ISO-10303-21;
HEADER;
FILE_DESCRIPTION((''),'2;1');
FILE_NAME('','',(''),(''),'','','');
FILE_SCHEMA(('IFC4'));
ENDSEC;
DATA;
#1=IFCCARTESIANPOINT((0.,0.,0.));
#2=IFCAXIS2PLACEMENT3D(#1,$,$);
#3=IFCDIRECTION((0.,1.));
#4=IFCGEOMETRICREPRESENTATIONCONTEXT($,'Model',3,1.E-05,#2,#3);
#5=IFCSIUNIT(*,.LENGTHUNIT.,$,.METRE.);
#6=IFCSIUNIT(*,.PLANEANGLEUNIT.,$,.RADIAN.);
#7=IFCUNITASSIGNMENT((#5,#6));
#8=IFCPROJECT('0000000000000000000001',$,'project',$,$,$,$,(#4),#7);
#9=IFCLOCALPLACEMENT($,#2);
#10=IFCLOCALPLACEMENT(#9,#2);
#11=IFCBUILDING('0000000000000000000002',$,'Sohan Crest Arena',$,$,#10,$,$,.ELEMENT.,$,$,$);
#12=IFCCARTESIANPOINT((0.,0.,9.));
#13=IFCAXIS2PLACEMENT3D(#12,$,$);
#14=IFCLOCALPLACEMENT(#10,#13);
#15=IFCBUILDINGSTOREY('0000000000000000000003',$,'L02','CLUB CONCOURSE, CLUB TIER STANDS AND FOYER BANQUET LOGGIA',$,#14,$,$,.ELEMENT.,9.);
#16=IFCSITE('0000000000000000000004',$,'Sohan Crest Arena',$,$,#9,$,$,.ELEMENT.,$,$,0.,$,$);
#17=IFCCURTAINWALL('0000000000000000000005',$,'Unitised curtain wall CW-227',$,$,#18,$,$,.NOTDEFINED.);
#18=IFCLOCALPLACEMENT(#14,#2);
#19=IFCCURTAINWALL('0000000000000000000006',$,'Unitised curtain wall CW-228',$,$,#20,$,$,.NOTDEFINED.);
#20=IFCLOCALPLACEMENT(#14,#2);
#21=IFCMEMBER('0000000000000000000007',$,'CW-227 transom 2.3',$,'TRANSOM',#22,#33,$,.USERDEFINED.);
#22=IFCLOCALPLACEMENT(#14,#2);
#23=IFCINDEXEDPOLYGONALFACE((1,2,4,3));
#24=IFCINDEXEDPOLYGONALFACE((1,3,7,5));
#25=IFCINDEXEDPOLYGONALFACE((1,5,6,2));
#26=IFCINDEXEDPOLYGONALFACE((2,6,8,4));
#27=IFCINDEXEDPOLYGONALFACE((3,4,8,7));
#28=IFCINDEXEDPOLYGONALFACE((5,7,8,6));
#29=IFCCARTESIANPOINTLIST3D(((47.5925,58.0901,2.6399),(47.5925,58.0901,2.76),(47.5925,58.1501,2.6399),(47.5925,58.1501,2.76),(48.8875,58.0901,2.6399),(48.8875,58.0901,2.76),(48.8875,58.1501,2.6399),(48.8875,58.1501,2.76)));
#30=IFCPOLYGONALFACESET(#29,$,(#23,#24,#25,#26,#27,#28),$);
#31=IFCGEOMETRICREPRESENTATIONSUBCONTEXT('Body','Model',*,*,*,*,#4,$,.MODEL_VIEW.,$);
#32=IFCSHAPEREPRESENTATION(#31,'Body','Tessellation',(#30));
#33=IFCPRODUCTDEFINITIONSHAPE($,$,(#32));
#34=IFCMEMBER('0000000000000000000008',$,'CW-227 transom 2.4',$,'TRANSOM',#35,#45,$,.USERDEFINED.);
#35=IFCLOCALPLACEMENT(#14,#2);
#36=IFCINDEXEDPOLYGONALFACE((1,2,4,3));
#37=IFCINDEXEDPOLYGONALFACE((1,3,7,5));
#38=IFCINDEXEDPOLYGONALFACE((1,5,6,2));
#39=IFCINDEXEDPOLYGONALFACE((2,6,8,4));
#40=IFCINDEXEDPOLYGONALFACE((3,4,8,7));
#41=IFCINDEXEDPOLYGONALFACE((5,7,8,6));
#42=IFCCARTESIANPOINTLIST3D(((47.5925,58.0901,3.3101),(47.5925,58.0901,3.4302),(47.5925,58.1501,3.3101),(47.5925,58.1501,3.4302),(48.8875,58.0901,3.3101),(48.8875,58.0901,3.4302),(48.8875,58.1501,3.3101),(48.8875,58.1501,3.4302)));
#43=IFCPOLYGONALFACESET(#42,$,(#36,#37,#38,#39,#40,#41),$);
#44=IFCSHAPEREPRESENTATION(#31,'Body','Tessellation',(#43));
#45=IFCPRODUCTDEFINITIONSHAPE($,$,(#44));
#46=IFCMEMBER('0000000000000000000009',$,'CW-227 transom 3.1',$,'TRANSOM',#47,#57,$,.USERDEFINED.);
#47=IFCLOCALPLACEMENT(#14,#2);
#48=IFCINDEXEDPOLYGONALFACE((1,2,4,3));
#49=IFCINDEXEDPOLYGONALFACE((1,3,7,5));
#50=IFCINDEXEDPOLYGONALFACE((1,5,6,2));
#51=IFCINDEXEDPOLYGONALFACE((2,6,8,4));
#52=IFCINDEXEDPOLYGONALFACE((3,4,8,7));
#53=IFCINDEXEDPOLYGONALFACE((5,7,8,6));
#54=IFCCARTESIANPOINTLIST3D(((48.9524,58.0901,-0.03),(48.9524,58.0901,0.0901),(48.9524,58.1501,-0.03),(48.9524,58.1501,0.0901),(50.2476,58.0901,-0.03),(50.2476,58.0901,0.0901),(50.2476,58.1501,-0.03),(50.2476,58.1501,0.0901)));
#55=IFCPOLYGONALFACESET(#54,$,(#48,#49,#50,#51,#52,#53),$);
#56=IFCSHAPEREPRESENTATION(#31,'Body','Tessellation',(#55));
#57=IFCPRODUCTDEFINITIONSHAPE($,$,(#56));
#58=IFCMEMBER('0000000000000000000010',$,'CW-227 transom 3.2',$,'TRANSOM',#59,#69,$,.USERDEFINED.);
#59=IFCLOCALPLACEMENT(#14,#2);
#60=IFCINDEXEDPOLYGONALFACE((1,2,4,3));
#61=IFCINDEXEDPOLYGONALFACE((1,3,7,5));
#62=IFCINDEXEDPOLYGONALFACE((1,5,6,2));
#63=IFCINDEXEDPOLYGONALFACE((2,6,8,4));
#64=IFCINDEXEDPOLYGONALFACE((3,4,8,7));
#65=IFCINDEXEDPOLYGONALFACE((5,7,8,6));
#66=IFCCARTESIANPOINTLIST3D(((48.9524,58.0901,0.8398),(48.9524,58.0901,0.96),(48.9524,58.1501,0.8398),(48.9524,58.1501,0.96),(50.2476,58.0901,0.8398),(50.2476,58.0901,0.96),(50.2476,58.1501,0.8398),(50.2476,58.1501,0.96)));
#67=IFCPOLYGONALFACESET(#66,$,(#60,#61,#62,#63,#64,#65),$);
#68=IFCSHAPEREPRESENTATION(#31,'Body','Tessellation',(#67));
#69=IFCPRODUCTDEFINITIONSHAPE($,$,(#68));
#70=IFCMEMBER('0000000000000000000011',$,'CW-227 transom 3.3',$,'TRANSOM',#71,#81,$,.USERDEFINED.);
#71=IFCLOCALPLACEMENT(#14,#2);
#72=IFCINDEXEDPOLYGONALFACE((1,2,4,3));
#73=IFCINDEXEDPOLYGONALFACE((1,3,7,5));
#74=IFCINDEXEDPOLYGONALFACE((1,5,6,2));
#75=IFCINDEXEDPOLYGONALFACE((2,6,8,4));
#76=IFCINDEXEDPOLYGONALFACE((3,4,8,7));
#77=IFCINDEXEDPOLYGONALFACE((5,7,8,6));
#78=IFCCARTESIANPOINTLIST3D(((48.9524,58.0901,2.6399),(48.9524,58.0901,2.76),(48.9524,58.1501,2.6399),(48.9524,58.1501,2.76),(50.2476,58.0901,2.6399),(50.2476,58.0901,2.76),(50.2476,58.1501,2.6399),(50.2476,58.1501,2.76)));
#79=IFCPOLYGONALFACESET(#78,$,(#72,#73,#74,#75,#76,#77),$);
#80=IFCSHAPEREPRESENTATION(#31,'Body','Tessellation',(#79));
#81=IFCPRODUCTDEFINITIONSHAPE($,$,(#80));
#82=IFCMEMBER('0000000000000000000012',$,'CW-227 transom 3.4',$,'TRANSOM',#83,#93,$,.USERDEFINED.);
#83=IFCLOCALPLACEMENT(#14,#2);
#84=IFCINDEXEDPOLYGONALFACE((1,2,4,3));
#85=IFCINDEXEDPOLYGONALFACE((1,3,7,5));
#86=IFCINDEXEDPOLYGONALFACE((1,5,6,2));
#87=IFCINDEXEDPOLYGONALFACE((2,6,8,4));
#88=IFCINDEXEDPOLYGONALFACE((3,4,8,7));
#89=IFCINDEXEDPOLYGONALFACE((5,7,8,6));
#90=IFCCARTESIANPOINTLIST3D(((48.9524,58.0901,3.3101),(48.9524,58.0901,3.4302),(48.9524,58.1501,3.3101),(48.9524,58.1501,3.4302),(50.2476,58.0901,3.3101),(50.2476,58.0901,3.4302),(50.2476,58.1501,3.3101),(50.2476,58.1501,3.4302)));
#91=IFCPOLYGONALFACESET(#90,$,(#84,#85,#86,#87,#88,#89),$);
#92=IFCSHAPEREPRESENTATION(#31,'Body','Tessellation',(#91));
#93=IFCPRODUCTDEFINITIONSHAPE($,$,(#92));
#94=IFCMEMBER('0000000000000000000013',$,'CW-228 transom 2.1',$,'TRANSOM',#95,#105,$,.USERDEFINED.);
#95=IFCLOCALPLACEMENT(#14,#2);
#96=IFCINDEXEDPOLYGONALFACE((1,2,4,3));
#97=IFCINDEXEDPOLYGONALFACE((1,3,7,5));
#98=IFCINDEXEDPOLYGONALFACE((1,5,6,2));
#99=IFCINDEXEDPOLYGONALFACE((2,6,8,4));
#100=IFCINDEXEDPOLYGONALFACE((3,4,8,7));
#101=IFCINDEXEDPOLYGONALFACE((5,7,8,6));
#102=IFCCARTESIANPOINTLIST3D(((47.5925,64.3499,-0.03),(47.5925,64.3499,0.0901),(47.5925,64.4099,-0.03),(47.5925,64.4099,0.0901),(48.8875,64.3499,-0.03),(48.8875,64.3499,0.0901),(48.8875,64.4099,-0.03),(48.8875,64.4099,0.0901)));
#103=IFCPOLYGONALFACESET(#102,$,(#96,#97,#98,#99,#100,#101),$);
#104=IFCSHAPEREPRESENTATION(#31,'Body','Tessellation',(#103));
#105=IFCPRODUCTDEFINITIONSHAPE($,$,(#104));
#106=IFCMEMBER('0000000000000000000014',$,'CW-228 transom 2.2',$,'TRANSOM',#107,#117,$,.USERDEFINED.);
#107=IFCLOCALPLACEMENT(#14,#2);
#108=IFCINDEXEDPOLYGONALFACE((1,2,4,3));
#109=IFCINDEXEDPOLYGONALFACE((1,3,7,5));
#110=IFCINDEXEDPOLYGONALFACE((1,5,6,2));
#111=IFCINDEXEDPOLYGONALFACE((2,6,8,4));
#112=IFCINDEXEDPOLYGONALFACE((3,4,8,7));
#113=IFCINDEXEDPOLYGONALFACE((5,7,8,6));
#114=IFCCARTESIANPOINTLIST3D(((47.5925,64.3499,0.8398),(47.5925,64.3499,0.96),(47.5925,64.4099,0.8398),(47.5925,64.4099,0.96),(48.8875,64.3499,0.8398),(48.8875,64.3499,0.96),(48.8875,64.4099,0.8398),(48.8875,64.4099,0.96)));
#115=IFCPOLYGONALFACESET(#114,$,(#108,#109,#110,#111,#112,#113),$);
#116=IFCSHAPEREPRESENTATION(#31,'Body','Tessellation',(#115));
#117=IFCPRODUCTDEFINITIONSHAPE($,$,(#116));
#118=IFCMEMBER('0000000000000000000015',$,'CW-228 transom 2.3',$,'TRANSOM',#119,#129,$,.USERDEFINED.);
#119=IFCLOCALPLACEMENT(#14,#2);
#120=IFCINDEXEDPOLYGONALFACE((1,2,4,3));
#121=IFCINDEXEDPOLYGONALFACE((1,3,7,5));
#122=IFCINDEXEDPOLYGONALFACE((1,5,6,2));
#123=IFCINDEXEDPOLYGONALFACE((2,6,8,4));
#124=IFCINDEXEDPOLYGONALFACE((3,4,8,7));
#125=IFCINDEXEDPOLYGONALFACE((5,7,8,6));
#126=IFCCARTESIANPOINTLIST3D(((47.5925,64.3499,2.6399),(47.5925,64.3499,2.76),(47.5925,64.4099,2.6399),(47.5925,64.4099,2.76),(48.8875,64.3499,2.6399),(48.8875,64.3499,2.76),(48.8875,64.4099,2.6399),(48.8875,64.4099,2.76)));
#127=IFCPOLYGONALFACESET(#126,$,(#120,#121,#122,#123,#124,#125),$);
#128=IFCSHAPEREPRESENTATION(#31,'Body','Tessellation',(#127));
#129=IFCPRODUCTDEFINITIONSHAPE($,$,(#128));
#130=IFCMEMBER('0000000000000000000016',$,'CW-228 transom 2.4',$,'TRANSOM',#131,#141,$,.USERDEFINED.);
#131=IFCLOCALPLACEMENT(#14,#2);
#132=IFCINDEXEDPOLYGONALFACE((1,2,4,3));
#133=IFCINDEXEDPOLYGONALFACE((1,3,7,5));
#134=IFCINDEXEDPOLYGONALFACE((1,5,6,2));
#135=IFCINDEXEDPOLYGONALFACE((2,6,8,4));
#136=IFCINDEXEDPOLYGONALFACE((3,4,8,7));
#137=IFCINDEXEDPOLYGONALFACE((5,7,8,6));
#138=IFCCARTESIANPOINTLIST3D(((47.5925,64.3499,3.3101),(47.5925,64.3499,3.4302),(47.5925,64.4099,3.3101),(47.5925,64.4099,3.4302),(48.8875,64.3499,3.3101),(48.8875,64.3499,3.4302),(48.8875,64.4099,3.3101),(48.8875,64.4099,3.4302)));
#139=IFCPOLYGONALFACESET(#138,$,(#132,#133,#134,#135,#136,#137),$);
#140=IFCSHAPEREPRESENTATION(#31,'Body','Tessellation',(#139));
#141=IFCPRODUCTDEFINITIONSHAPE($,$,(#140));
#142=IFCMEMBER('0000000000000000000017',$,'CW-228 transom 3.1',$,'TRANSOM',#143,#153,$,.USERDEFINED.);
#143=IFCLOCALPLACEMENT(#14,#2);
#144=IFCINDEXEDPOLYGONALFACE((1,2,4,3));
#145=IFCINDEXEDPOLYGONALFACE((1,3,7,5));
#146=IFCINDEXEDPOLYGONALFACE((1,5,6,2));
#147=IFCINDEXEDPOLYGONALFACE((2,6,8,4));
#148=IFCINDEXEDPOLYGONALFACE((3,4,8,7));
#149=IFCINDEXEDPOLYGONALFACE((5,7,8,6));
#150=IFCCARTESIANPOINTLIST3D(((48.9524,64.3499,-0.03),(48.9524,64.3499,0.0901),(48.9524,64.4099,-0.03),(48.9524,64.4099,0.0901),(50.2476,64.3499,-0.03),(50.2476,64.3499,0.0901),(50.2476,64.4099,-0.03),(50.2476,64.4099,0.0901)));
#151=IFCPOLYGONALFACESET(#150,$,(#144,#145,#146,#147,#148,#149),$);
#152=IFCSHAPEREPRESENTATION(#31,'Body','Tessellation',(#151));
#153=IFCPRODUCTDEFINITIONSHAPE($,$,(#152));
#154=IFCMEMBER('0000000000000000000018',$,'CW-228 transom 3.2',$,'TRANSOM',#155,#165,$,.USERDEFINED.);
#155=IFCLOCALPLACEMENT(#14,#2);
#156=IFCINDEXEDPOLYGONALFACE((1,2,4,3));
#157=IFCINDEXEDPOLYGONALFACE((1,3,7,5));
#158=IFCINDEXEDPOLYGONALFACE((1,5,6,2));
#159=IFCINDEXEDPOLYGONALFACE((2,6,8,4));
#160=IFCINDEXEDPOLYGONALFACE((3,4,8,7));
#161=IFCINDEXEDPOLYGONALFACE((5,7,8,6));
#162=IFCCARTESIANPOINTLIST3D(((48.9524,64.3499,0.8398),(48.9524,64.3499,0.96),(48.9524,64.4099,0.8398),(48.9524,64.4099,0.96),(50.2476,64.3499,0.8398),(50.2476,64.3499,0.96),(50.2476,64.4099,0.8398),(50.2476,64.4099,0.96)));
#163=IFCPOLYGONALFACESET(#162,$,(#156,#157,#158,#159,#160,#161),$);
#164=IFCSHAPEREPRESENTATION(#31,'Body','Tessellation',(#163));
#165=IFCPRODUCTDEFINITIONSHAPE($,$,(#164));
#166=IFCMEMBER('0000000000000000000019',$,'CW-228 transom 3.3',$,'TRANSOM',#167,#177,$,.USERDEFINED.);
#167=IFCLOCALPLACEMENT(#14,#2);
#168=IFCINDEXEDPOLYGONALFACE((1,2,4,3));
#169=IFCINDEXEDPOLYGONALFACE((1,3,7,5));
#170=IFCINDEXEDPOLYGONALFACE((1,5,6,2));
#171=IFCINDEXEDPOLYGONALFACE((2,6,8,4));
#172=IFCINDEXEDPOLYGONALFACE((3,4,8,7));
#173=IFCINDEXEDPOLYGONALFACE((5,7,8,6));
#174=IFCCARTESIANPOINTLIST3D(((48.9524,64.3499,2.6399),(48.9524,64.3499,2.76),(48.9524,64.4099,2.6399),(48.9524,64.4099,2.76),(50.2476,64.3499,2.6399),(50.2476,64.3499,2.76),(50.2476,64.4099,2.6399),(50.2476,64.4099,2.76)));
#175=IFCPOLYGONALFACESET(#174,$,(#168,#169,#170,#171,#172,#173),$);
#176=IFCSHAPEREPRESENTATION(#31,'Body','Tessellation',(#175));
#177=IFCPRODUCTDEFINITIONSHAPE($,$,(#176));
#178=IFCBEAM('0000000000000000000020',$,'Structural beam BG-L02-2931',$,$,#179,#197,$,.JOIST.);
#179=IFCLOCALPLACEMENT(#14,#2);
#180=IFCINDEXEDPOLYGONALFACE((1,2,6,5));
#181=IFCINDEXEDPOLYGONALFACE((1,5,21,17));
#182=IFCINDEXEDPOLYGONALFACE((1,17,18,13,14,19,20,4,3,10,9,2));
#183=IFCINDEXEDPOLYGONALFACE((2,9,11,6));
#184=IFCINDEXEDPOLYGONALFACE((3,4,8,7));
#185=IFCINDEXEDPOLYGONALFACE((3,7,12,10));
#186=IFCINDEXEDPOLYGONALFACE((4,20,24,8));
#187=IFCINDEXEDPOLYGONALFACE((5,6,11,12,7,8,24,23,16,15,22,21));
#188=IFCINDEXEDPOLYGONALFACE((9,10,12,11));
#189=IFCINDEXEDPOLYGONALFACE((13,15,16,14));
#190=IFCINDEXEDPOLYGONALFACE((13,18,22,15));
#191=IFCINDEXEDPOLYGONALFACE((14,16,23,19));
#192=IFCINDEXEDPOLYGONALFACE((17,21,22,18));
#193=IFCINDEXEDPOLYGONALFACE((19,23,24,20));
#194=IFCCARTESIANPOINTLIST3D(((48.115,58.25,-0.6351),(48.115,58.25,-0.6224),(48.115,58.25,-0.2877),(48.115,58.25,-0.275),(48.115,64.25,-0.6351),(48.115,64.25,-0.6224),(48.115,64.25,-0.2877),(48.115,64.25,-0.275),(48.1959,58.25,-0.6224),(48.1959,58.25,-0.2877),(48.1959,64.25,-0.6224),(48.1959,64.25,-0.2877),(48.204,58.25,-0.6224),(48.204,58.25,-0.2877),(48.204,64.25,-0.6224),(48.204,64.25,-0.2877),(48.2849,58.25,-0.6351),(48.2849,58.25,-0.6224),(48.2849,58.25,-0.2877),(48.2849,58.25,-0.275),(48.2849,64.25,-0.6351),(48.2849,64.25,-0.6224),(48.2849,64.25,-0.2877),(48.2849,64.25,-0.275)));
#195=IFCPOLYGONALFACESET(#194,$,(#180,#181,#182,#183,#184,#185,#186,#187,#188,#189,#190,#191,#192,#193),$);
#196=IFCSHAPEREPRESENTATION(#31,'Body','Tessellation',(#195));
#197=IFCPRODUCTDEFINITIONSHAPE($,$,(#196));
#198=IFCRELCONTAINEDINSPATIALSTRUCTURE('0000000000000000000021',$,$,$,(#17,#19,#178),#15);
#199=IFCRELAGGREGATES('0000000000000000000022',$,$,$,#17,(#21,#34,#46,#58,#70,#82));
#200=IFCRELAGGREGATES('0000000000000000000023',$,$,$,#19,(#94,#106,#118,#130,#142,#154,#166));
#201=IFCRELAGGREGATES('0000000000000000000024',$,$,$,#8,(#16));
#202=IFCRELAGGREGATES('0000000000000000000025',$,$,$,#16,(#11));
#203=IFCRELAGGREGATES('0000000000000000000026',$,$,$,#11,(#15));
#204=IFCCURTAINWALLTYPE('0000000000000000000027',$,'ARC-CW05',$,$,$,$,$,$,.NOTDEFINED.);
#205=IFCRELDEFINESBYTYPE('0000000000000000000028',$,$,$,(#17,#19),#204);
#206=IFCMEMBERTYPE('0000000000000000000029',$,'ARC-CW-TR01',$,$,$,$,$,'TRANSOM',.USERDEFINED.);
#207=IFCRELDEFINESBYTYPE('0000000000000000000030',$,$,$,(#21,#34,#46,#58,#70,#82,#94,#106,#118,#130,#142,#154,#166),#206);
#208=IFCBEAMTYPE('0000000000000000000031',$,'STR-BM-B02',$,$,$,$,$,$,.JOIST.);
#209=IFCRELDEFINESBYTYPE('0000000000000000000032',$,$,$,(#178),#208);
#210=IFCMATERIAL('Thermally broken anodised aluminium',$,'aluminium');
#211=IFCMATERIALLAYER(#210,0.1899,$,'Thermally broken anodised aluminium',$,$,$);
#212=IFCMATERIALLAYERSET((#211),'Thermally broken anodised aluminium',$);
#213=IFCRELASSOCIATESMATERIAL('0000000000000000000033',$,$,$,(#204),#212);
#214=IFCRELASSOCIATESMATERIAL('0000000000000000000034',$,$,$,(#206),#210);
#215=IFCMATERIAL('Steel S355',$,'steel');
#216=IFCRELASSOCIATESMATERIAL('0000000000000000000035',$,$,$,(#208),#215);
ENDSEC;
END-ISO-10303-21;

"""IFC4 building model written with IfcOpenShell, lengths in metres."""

from ifc_helpers import new_model, si_unit, direction, frame, origin, origin_2d, place, context, subcontext, project, spatial, rectangle, i_section, extrude, material, layer, layer_set, material_profile, profile_set, type_object, element, aggregate, save


model = new_model("IFC4")

# Units and contexts
model_context = context("Model", 3, precision=1e-05, world=origin(), true_north=direction((0.0, 1.0)))
body_context = subcontext(model_context, "Body", "Model", "MODEL_VIEW")
ifc_project = project(units=[si_unit("LENGTHUNIT", "METRE"), si_unit("PLANEANGLEUNIT", "RADIAN")], contexts=[model_context])

# Site, building, storey
site_placement = place(None, origin())
site = spatial("IfcSite", under=ifc_project, at=site_placement, Name="Sohan Crest Arena", CompositionType="ELEMENT", RefElevation=0.0)
building_placement = place(site_placement, origin())
building = spatial("IfcBuilding", under=site, at=building_placement, Name="Sohan Crest Arena", CompositionType="ELEMENT")
storey_placement = place(building_placement, frame((0.0, 0.0, 9.0)))
storey = spatial("IfcBuildingStorey", under=building, at=storey_placement, Name="L02", Description="CLUB CONCOURSE, CLUB TIER STANDS AND FOYER BANQUET LOGGIA", CompositionType="ELEMENT", Elevation=9.0)

# Shared definitions
ifc_material_1 = material(Name="Steel S355", Category="steel")

# Curtain walls
ifc_material_2 = material(Name="Thermally broken anodised aluminium", Category="aluminium")
ifc_layer_1 = layer(ifc_material_2, 0.1899, Name="Thermally broken anodised aluminium")
ifc_layer_set_1 = layer_set([ifc_layer_1], Name="Thermally broken anodised aluminium")
curtain_wall_type = type_object("IfcCurtainWallType", Name="ARC-CW05", PredefinedType="NOTDEFINED", material=ifc_layer_set_1)
curtain_wall_1_placement = place(storey_placement, origin())
curtain_wall_1 = element("IfcCurtainWall", 1, at=curtain_wall_1_placement, inside=storey, type_object=curtain_wall_type, Name="Unitised curtain wall CW-227", PredefinedType="NOTDEFINED")
curtain_wall_2_placement = place(storey_placement, origin())
curtain_wall_2 = element("IfcCurtainWall", 2, at=curtain_wall_2_placement, inside=storey, type_object=curtain_wall_type, Name="Unitised curtain wall CW-228", PredefinedType="NOTDEFINED")

# Members
ifc_material_profile_1 = material_profile(ifc_material_2, rectangle(XDim=0.0601, YDim=0.1201, at=origin_2d()), Name="ALU-TRAN 60x120")
ifc_profile_set_1 = profile_set([ifc_material_profile_1], Name="Thermally broken anodised aluminium")
member_type_1 = type_object("IfcMemberType", Name="ARC-CW-TR01", ElementType="TRANSOM", PredefinedType="USERDEFINED", material=ifc_profile_set_1)
member_1_placement = place(storey_placement, frame((47.5925, 58.1201, 2.7), z_axis=(1.0, 0.0, 0.0), x_axis=(0.0, 1.0, 0.0)))
member_1 = element("IfcMember", 3, at=member_1_placement, type_object=member_type_1, Name="CW-227 transom 2.3", ObjectType="TRANSOM", PredefinedType="USERDEFINED", context=body_context, shape_type="SweptSolid", body=[
    extrude(rectangle(XDim=0.0601, YDim=0.1201, at=origin_2d()), origin(), (0.0, 0.0, 1.0), 1.2949),
])
member_2_placement = place(storey_placement, frame((47.5925, 58.1201, 3.3701), z_axis=(1.0, 0.0, 0.0), x_axis=(0.0, 1.0, 0.0)))
member_2 = element("IfcMember", 4, at=member_2_placement, type_object=member_type_1, Name="CW-227 transom 2.4", ObjectType="TRANSOM", PredefinedType="USERDEFINED", context=body_context, shape_type="SweptSolid", body=[
    extrude(rectangle(XDim=0.0601, YDim=0.1201, at=origin_2d()), origin(), (0.0, 0.0, 1.0), 1.2949),
])
member_3_placement = place(storey_placement, frame((48.9524, 58.1201, 0.03), z_axis=(1.0, 0.0, 0.0), x_axis=(0.0, 1.0, 0.0)))
member_3 = element("IfcMember", 5, at=member_3_placement, type_object=member_type_1, Name="CW-227 transom 3.1", ObjectType="TRANSOM", PredefinedType="USERDEFINED", context=body_context, shape_type="SweptSolid", body=[
    extrude(rectangle(XDim=0.0601, YDim=0.1201, at=origin_2d()), origin(), (0.0, 0.0, 1.0), 1.2952),
])
member_4_placement = place(storey_placement, frame((48.9524, 58.1201, 0.8999), z_axis=(1.0, 0.0, 0.0), x_axis=(0.0, 1.0, 0.0)))
member_4 = element("IfcMember", 6, at=member_4_placement, type_object=member_type_1, Name="CW-227 transom 3.2", ObjectType="TRANSOM", PredefinedType="USERDEFINED", context=body_context, shape_type="SweptSolid", body=[
    extrude(rectangle(XDim=0.0601, YDim=0.1201, at=origin_2d()), origin(), (0.0, 0.0, 1.0), 1.2952),
])
member_5_placement = place(storey_placement, frame((48.9524, 58.1201, 2.7), z_axis=(1.0, 0.0, 0.0), x_axis=(0.0, 1.0, 0.0)))
member_5 = element("IfcMember", 7, at=member_5_placement, type_object=member_type_1, Name="CW-227 transom 3.3", ObjectType="TRANSOM", PredefinedType="USERDEFINED", context=body_context, shape_type="SweptSolid", body=[
    extrude(rectangle(XDim=0.0601, YDim=0.1201, at=origin_2d()), origin(), (0.0, 0.0, 1.0), 1.2952),
])
member_6_placement = place(storey_placement, frame((48.9524, 58.1201, 3.3701), z_axis=(1.0, 0.0, 0.0), x_axis=(0.0, 1.0, 0.0)))
member_6 = element("IfcMember", 8, at=member_6_placement, type_object=member_type_1, Name="CW-227 transom 3.4", ObjectType="TRANSOM", PredefinedType="USERDEFINED", context=body_context, shape_type="SweptSolid", body=[
    extrude(rectangle(XDim=0.0601, YDim=0.1201, at=origin_2d()), origin(), (0.0, 0.0, 1.0), 1.2952),
])
member_7_placement = place(storey_placement, frame((47.5925, 64.3799, 0.03), z_axis=(1.0, 0.0, 0.0), x_axis=(0.0, 1.0, 0.0)))
member_7 = element("IfcMember", 9, at=member_7_placement, type_object=member_type_1, Name="CW-228 transom 2.1", ObjectType="TRANSOM", PredefinedType="USERDEFINED", context=body_context, shape_type="SweptSolid", body=[
    extrude(rectangle(XDim=0.0601, YDim=0.1201, at=origin_2d()), origin(), (0.0, 0.0, 1.0), 1.2949),
])
member_8_placement = place(storey_placement, frame((47.5925, 64.3799, 0.8999), z_axis=(1.0, 0.0, 0.0), x_axis=(0.0, 1.0, 0.0)))
member_8 = element("IfcMember", 10, at=member_8_placement, type_object=member_type_1, Name="CW-228 transom 2.2", ObjectType="TRANSOM", PredefinedType="USERDEFINED", context=body_context, shape_type="SweptSolid", body=[
    extrude(rectangle(XDim=0.0601, YDim=0.1201, at=origin_2d()), origin(), (0.0, 0.0, 1.0), 1.2949),
])
member_9_placement = place(storey_placement, frame((47.5925, 64.3799, 2.7), z_axis=(1.0, 0.0, 0.0), x_axis=(0.0, 1.0, 0.0)))
member_9 = element("IfcMember", 11, at=member_9_placement, type_object=member_type_1, Name="CW-228 transom 2.3", ObjectType="TRANSOM", PredefinedType="USERDEFINED", context=body_context, shape_type="SweptSolid", body=[
    extrude(rectangle(XDim=0.0601, YDim=0.1201, at=origin_2d()), origin(), (0.0, 0.0, 1.0), 1.2949),
])
member_10_placement = place(storey_placement, frame((47.5925, 64.3799, 3.3701), z_axis=(1.0, 0.0, 0.0), x_axis=(0.0, 1.0, 0.0)))
member_10 = element("IfcMember", 12, at=member_10_placement, type_object=member_type_1, Name="CW-228 transom 2.4", ObjectType="TRANSOM", PredefinedType="USERDEFINED", context=body_context, shape_type="SweptSolid", body=[
    extrude(rectangle(XDim=0.0601, YDim=0.1201, at=origin_2d()), origin(), (0.0, 0.0, 1.0), 1.2949),
])
member_11_placement = place(storey_placement, frame((48.9524, 64.3799, 0.03), z_axis=(1.0, 0.0, 0.0), x_axis=(0.0, 1.0, 0.0)))
member_11 = element("IfcMember", 13, at=member_11_placement, type_object=member_type_1, Name="CW-228 transom 3.1", ObjectType="TRANSOM", PredefinedType="USERDEFINED", context=body_context, shape_type="SweptSolid", body=[
    extrude(rectangle(XDim=0.0601, YDim=0.1201, at=origin_2d()), origin(), (0.0, 0.0, 1.0), 1.2952),
])
member_12_placement = place(storey_placement, frame((48.9524, 64.3799, 0.8999), z_axis=(1.0, 0.0, 0.0), x_axis=(0.0, 1.0, 0.0)))
member_12 = element("IfcMember", 14, at=member_12_placement, type_object=member_type_1, Name="CW-228 transom 3.2", ObjectType="TRANSOM", PredefinedType="USERDEFINED", context=body_context, shape_type="SweptSolid", body=[
    extrude(rectangle(XDim=0.0601, YDim=0.1201, at=origin_2d()), origin(), (0.0, 0.0, 1.0), 1.2952),
])
member_13_placement = place(storey_placement, frame((48.9524, 64.3799, 2.7), z_axis=(1.0, 0.0, 0.0), x_axis=(0.0, 1.0, 0.0)))
member_13 = element("IfcMember", 15, at=member_13_placement, type_object=member_type_1, Name="CW-228 transom 3.3", ObjectType="TRANSOM", PredefinedType="USERDEFINED", context=body_context, shape_type="SweptSolid", body=[
    extrude(rectangle(XDim=0.0601, YDim=0.1201, at=origin_2d()), origin(), (0.0, 0.0, 1.0), 1.2952),
])

# Beam
ifc_material_profile_2 = material_profile(ifc_material_1, i_section(OverallWidth=0.1699, OverallDepth=0.3601, WebThickness=0.0081, FlangeThickness=0.0127, at=origin_2d()), Name="IPE 360")
ifc_profile_set_2 = profile_set([ifc_material_profile_2], Name="Steel S355")
beam_type = type_object("IfcBeamType", Name="STR-BM-B02", PredefinedType="JOIST", material=ifc_profile_set_2)
beam_placement = place(storey_placement, frame((48.2, 58.25, -0.4551), z_axis=(0.0, 1.0, 0.0), x_axis=(-1.0, 0.0, 0.0)))
element("IfcBeam", 16, at=beam_placement, inside=storey, type_object=beam_type, Name="Structural beam BG-L02-2931", PredefinedType="JOIST", context=body_context, shape_type="SweptSolid", body=[
    extrude(i_section(OverallWidth=0.1699, OverallDepth=0.3601, WebThickness=0.0081, FlangeThickness=0.0127, at=origin_2d()), origin(), (0.0, 0.0, 1.0), 6.0),
])

aggregate(curtain_wall_1, [member_1, member_2, member_3, member_4, member_5, member_6])
aggregate(curtain_wall_2, [member_7, member_8, member_9, member_10, member_11, member_12, member_13])

save(model, "model.ifc")
